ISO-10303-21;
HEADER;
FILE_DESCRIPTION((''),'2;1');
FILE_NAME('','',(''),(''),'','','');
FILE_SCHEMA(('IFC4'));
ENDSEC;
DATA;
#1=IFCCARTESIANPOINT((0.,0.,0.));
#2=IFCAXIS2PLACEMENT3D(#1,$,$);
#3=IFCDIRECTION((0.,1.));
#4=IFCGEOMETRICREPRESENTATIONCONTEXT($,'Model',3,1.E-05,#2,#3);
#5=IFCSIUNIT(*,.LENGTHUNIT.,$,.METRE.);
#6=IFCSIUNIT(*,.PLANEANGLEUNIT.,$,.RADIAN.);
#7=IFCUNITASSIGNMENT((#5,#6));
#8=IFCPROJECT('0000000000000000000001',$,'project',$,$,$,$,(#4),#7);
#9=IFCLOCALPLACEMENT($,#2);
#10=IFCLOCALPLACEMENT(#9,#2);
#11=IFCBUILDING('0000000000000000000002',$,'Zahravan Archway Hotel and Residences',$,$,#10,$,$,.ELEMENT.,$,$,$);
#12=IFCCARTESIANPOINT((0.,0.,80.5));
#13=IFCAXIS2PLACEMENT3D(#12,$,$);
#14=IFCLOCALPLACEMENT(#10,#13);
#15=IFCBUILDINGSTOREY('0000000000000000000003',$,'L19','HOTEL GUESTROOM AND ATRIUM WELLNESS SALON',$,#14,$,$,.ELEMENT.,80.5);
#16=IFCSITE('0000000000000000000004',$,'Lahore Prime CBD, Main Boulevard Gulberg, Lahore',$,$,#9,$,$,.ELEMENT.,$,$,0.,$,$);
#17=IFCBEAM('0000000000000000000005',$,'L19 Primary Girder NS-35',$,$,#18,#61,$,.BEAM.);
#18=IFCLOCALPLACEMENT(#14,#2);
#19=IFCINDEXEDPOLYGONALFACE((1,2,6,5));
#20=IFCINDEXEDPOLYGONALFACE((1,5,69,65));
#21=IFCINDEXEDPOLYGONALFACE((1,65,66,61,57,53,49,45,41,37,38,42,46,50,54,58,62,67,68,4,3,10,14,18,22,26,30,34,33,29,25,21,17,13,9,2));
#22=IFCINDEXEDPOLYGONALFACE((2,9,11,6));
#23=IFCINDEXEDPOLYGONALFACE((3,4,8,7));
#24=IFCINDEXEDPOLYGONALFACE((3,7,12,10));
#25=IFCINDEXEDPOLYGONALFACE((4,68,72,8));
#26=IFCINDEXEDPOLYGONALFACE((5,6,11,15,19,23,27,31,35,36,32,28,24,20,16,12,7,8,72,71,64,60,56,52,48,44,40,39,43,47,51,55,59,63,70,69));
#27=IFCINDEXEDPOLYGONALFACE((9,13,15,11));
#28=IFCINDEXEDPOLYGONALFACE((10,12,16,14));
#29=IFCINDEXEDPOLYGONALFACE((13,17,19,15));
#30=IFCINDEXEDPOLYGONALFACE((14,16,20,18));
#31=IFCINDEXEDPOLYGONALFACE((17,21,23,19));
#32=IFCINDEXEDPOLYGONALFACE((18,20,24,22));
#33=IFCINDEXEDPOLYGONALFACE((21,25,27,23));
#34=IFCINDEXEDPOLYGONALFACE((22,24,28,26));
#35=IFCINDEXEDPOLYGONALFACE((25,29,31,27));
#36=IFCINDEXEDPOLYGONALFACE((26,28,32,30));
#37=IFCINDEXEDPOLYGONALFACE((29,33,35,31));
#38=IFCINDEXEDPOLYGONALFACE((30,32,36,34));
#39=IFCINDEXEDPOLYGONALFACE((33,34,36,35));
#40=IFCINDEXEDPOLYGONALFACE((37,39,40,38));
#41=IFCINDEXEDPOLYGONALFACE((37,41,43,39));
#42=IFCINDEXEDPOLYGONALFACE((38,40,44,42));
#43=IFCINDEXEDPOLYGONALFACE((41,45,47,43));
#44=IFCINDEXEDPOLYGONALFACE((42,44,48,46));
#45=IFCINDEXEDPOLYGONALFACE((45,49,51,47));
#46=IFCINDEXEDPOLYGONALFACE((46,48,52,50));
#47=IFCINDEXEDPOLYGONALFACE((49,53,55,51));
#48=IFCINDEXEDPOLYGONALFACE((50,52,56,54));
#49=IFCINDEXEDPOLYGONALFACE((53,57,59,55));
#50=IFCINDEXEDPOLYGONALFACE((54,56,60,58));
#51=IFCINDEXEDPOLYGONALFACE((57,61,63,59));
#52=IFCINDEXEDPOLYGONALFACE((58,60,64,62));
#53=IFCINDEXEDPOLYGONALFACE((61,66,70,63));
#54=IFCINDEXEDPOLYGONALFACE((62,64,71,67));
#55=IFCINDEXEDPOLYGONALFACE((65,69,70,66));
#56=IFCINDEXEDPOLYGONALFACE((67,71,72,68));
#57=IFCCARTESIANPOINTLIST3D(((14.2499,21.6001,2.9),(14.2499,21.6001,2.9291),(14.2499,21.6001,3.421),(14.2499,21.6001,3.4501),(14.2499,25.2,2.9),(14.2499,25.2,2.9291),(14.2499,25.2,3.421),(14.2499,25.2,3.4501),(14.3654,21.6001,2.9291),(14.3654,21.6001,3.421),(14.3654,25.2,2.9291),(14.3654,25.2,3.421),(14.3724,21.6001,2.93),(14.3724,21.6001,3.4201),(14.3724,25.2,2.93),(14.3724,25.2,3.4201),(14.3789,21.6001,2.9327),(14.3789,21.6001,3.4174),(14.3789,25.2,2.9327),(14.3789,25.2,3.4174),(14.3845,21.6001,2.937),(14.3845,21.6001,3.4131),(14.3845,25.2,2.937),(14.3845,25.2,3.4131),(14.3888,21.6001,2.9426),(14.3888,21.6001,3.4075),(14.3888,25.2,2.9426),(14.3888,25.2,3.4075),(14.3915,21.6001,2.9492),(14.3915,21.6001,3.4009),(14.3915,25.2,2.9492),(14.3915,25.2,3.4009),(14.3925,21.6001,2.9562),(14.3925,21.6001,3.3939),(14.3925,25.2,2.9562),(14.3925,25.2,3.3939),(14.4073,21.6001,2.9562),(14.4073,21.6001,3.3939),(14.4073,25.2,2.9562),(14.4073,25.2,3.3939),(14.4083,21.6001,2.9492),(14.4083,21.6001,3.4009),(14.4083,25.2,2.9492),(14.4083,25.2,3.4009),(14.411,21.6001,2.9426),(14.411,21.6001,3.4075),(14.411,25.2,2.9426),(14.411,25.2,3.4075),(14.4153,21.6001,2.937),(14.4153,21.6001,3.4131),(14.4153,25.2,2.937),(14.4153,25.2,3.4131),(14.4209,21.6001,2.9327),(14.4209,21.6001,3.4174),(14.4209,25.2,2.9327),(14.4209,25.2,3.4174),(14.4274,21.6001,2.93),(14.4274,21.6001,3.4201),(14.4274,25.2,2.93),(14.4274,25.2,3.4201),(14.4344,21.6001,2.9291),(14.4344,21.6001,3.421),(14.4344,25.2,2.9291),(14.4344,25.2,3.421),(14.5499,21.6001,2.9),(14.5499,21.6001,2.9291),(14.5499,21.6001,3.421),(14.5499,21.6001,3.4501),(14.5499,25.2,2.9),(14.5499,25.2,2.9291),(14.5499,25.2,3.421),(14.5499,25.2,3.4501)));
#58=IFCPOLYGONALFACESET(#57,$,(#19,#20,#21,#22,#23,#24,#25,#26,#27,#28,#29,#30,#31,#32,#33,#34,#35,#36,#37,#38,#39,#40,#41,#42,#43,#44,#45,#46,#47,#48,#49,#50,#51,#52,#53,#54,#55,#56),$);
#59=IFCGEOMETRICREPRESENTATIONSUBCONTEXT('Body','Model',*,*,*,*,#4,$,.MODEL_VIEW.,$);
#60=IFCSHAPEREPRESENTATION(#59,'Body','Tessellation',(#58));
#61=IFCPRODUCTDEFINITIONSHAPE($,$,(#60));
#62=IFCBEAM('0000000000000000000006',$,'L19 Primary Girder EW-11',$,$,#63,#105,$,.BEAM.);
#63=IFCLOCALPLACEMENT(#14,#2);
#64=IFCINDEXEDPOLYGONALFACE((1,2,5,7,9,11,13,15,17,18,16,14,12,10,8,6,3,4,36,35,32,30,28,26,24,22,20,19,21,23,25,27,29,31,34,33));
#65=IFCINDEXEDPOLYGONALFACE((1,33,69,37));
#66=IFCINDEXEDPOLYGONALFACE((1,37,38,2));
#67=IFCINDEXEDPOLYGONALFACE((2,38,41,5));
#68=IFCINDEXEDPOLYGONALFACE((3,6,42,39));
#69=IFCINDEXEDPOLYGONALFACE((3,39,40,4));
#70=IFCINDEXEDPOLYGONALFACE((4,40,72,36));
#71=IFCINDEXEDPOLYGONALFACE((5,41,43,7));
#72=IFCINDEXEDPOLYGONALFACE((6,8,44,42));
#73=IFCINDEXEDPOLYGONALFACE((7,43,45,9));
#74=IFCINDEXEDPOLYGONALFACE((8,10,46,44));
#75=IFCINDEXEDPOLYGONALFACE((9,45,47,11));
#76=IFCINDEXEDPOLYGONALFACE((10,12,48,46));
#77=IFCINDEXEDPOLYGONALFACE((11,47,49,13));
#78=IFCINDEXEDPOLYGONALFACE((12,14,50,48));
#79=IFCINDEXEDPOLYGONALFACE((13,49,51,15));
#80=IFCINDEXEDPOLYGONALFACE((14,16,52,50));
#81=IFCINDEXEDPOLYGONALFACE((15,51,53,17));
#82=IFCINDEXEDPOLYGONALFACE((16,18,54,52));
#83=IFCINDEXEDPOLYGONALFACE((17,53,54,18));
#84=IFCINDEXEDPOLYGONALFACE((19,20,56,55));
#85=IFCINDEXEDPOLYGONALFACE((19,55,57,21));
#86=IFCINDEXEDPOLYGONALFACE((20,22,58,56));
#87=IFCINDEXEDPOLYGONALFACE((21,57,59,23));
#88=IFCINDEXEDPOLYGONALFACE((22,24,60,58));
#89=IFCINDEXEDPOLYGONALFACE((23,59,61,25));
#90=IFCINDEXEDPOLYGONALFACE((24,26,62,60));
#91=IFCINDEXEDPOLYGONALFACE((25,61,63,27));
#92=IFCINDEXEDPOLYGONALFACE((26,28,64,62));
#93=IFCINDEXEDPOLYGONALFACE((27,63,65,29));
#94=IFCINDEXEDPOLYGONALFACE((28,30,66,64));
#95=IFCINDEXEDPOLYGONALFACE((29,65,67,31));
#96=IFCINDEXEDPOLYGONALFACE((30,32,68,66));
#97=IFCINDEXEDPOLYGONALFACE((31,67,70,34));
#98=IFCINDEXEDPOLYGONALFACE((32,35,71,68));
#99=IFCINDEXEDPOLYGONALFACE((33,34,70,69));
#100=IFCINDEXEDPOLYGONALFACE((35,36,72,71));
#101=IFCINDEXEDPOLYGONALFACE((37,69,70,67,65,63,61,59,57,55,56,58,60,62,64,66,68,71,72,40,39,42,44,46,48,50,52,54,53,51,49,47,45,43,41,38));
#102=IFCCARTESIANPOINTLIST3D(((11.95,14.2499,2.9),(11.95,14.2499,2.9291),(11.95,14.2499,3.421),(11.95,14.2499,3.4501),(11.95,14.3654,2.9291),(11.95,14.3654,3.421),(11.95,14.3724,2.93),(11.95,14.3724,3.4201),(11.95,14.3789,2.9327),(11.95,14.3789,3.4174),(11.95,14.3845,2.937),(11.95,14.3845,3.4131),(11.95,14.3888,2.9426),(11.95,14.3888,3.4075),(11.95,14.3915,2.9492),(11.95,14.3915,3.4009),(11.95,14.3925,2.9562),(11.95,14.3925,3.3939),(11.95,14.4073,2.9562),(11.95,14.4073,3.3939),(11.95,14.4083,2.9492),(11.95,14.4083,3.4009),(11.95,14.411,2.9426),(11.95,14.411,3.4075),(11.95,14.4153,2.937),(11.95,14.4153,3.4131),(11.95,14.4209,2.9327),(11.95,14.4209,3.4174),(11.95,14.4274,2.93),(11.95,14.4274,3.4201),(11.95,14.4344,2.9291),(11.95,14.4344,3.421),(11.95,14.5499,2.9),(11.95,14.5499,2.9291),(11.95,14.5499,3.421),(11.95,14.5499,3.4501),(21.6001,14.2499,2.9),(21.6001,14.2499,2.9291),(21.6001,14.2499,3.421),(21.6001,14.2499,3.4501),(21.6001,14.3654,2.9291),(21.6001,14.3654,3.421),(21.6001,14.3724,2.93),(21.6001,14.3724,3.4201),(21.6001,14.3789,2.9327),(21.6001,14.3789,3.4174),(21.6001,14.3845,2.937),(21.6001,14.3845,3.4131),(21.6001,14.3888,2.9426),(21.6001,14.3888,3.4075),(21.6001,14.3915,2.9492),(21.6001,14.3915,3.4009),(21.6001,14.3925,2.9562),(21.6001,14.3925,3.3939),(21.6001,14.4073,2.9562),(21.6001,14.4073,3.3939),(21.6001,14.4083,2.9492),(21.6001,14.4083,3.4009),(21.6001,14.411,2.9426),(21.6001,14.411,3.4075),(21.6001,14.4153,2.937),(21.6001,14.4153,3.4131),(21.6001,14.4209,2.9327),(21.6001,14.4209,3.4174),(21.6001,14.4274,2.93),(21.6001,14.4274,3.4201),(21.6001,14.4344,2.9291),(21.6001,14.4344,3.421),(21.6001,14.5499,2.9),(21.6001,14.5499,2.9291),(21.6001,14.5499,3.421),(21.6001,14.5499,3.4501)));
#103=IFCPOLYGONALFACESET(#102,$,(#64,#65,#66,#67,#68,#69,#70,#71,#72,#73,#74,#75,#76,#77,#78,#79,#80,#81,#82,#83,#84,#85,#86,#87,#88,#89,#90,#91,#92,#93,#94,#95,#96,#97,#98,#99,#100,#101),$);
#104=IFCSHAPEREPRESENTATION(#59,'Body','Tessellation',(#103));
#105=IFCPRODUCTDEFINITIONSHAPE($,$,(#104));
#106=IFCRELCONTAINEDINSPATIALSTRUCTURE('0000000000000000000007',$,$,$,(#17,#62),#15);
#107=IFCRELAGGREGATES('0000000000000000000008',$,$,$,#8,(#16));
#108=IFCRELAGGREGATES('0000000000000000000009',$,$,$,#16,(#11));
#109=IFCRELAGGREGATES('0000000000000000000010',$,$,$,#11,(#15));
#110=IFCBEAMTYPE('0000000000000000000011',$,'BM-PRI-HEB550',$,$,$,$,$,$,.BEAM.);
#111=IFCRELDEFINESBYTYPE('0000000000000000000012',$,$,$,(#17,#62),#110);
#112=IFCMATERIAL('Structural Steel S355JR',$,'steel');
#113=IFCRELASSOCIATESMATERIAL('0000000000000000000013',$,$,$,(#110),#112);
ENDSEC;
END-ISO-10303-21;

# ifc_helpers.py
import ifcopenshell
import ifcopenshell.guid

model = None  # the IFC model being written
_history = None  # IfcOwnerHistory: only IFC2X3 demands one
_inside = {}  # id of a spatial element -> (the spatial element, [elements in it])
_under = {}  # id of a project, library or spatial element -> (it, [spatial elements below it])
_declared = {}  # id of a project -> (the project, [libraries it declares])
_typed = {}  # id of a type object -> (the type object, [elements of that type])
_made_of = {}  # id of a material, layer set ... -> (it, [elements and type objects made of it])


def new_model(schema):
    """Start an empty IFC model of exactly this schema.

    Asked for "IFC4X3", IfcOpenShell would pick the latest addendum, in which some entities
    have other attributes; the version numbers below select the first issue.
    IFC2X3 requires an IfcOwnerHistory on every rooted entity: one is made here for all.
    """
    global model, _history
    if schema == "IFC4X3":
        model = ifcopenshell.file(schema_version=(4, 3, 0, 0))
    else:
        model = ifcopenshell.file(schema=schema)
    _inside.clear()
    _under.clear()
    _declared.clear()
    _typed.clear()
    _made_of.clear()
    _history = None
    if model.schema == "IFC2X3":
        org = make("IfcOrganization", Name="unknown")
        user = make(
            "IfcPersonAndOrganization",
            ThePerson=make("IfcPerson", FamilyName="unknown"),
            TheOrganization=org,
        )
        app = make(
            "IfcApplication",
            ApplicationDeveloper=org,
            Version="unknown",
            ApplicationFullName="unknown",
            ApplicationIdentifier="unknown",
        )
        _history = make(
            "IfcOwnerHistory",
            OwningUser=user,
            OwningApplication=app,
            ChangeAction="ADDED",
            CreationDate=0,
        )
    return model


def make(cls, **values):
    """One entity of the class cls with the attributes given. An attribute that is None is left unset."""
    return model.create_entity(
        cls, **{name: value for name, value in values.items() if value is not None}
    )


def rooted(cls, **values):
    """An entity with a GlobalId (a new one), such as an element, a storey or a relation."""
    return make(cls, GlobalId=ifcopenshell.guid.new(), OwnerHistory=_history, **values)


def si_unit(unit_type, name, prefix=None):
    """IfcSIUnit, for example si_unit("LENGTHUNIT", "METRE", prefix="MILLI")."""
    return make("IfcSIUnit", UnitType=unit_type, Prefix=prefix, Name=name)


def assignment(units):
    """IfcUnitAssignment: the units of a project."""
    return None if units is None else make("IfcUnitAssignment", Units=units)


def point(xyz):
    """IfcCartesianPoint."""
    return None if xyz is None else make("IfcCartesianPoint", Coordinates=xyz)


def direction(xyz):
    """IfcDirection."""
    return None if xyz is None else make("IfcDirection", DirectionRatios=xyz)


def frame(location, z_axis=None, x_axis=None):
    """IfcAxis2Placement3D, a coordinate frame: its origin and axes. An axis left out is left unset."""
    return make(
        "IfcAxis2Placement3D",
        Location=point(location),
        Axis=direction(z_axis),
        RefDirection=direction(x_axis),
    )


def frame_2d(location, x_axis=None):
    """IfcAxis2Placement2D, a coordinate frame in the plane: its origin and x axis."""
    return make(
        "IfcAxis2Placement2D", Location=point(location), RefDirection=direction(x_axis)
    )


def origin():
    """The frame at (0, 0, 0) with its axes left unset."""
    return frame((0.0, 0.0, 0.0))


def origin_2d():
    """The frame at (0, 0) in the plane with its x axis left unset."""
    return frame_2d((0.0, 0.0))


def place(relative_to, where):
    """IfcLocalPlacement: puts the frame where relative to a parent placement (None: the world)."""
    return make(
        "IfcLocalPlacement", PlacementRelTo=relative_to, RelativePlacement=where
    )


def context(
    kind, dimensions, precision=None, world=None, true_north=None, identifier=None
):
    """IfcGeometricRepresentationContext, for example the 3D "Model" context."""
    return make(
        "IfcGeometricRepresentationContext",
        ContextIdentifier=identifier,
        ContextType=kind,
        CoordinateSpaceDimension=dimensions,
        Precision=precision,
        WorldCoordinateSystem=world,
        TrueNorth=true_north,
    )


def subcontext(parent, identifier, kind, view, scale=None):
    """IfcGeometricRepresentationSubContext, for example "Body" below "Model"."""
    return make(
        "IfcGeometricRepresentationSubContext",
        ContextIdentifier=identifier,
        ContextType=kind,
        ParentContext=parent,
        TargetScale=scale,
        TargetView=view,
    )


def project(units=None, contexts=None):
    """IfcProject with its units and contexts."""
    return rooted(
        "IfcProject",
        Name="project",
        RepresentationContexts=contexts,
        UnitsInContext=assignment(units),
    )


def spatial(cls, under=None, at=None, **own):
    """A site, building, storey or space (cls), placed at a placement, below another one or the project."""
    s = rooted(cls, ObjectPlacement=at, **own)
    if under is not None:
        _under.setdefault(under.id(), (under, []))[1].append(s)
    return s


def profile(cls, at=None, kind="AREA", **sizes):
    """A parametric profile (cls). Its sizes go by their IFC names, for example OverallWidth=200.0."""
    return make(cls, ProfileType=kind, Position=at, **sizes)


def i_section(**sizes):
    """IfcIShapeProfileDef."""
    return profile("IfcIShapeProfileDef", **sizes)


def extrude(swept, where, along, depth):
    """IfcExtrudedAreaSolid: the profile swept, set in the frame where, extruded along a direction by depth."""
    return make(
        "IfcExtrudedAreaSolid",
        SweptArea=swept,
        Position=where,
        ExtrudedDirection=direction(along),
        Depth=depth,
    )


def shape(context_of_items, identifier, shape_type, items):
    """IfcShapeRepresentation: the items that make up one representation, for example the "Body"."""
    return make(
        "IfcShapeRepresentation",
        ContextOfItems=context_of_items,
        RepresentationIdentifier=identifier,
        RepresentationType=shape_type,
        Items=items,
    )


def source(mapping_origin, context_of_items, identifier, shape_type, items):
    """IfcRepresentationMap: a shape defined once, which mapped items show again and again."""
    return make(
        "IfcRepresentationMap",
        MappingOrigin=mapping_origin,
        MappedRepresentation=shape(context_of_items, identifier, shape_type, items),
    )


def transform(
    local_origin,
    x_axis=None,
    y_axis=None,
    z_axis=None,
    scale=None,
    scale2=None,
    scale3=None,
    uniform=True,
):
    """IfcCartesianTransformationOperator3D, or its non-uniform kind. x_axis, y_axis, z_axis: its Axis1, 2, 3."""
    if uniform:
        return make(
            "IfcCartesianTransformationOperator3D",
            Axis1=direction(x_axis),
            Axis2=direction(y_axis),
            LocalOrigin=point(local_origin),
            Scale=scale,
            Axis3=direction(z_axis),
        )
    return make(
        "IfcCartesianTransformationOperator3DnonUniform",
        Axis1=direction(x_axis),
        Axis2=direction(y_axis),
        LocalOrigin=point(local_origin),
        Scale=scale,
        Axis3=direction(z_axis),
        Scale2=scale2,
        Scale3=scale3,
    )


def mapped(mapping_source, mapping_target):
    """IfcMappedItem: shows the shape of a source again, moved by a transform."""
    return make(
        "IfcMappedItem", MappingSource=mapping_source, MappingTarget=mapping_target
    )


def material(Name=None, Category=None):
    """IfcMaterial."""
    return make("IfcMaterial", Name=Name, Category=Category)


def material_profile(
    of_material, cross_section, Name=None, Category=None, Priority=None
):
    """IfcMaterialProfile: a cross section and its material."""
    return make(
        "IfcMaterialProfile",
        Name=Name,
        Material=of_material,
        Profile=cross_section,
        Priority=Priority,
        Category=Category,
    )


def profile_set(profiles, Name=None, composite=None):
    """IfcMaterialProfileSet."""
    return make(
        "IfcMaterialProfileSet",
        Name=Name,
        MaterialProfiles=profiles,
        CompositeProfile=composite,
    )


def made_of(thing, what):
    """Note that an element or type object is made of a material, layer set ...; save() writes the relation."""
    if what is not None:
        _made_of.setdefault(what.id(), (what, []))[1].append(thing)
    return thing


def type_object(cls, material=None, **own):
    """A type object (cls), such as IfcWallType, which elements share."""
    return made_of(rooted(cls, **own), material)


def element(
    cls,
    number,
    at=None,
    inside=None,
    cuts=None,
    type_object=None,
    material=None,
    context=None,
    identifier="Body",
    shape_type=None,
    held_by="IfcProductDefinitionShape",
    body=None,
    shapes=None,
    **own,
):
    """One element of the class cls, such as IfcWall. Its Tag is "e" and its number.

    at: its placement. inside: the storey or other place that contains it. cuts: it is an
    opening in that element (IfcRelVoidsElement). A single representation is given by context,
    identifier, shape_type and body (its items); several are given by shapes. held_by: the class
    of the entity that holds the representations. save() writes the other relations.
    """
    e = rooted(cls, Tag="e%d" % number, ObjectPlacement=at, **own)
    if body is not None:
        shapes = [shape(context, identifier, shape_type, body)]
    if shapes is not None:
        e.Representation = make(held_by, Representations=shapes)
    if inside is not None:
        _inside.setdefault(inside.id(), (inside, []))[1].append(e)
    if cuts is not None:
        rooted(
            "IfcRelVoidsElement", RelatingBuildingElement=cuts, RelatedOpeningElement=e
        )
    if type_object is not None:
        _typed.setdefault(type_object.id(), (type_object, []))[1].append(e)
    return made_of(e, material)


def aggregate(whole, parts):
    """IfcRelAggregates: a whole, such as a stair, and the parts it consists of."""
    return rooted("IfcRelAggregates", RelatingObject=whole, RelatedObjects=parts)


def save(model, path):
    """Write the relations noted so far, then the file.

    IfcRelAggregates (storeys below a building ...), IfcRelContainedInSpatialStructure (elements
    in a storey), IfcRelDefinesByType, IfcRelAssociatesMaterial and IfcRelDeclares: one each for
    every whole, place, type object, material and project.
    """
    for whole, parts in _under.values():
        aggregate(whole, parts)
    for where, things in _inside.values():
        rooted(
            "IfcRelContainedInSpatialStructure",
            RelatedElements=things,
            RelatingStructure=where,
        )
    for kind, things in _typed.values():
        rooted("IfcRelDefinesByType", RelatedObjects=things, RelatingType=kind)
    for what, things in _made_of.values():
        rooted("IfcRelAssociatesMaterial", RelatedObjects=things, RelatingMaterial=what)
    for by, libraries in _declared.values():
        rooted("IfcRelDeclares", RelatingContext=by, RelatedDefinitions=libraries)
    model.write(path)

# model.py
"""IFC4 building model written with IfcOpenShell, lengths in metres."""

from ifc_helpers import new_model, si_unit, direction, frame, origin, origin_2d, place, context, subcontext, project, spatial, i_section, extrude, source, transform, mapped, material, material_profile, profile_set, type_object, element, save


model = new_model("IFC4")

# Units and contexts
model_context = context("Model", 3, precision=1e-05, world=origin(), true_north=direction((0.0, 1.0)))
body_context = subcontext(model_context, "Body", "Model", "MODEL_VIEW")
ifc_project = project(units=[si_unit("LENGTHUNIT", "METRE"), si_unit("PLANEANGLEUNIT", "RADIAN")], contexts=[model_context])

# Site, building, storey
site_placement = place(None, origin())
site = spatial("IfcSite", under=ifc_project, at=site_placement, Name="Lahore Prime CBD, Main Boulevard Gulberg, Lahore", CompositionType="ELEMENT", RefElevation=0.0)
building_placement = place(site_placement, origin())
building = spatial("IfcBuilding", under=site, at=building_placement, Name="Zahravan Archway Hotel and Residences", CompositionType="ELEMENT")
storey_placement = place(building_placement, frame((0.0, 0.0, 80.5)))
storey = spatial("IfcBuildingStorey", under=building, at=storey_placement, Name="L19", Description="HOTEL GUESTROOM AND ATRIUM WELLNESS SALON", CompositionType="ELEMENT", Elevation=80.5)

# Beams
ifc_material_1 = material(Name="Structural Steel S355JR", Category="steel")
ifc_material_profile_1 = material_profile(ifc_material_1, i_section(OverallWidth=0.3, OverallDepth=0.55, WebThickness=0.0149, FlangeThickness=0.0291, FilletRadius=0.0271, at=origin_2d()), Name="HEB 550", Category="steel")
ifc_profile_set_1 = profile_set([ifc_material_profile_1], Name="Structural Steel S355JR")
beam_type = type_object("IfcBeamType", Name="BM-PRI-HEB550", PredefinedType="BEAM", material=ifc_profile_set_1)
shared_shape_1 = source(origin(), body_context, "Body", "SweptSolid", [
    extrude(i_section(OverallWidth=0.3, OverallDepth=0.55, WebThickness=0.0149, FlangeThickness=0.0291, FilletRadius=0.0271, at=origin_2d()), origin(), (0.0, 0.0, 1.0), 3.5999),
])
beam_1_placement = place(storey_placement, frame((14.3999, 21.6001, 3.175), z_axis=(0.0, 1.0, 0.0), x_axis=(-1.0, 0.0, 0.0)))
element("IfcBeam", 1, at=beam_1_placement, inside=storey, type_object=beam_type, Name="L19 Primary Girder NS-35", PredefinedType="BEAM", context=body_context, shape_type="MappedRepresentation", body=[
    mapped(shared_shape_1, transform((0.0, 0.0, 0.0), scale=1.0)),
])
shared_shape_2 = source(origin(), body_context, "Body", "SweptSolid", [
    extrude(i_section(OverallWidth=0.3, OverallDepth=0.55, WebThickness=0.0149, FlangeThickness=0.0291, FilletRadius=0.0271, at=origin_2d()), origin(), (0.0, 0.0, 1.0), 9.6501),
])
beam_2_placement = place(storey_placement, frame((11.95, 14.3999, 3.175), z_axis=(1.0, 0.0, 0.0), x_axis=(0.0, 1.0, 0.0)))
element("IfcBeam", 2, at=beam_2_placement, inside=storey, type_object=beam_type, Name="L19 Primary Girder EW-11", PredefinedType="BEAM", context=body_context, shape_type="MappedRepresentation", body=[
    mapped(shared_shape_2, transform((0.0, 0.0, 0.0), scale=1.0)),
])

save(model, "model.ifc")
